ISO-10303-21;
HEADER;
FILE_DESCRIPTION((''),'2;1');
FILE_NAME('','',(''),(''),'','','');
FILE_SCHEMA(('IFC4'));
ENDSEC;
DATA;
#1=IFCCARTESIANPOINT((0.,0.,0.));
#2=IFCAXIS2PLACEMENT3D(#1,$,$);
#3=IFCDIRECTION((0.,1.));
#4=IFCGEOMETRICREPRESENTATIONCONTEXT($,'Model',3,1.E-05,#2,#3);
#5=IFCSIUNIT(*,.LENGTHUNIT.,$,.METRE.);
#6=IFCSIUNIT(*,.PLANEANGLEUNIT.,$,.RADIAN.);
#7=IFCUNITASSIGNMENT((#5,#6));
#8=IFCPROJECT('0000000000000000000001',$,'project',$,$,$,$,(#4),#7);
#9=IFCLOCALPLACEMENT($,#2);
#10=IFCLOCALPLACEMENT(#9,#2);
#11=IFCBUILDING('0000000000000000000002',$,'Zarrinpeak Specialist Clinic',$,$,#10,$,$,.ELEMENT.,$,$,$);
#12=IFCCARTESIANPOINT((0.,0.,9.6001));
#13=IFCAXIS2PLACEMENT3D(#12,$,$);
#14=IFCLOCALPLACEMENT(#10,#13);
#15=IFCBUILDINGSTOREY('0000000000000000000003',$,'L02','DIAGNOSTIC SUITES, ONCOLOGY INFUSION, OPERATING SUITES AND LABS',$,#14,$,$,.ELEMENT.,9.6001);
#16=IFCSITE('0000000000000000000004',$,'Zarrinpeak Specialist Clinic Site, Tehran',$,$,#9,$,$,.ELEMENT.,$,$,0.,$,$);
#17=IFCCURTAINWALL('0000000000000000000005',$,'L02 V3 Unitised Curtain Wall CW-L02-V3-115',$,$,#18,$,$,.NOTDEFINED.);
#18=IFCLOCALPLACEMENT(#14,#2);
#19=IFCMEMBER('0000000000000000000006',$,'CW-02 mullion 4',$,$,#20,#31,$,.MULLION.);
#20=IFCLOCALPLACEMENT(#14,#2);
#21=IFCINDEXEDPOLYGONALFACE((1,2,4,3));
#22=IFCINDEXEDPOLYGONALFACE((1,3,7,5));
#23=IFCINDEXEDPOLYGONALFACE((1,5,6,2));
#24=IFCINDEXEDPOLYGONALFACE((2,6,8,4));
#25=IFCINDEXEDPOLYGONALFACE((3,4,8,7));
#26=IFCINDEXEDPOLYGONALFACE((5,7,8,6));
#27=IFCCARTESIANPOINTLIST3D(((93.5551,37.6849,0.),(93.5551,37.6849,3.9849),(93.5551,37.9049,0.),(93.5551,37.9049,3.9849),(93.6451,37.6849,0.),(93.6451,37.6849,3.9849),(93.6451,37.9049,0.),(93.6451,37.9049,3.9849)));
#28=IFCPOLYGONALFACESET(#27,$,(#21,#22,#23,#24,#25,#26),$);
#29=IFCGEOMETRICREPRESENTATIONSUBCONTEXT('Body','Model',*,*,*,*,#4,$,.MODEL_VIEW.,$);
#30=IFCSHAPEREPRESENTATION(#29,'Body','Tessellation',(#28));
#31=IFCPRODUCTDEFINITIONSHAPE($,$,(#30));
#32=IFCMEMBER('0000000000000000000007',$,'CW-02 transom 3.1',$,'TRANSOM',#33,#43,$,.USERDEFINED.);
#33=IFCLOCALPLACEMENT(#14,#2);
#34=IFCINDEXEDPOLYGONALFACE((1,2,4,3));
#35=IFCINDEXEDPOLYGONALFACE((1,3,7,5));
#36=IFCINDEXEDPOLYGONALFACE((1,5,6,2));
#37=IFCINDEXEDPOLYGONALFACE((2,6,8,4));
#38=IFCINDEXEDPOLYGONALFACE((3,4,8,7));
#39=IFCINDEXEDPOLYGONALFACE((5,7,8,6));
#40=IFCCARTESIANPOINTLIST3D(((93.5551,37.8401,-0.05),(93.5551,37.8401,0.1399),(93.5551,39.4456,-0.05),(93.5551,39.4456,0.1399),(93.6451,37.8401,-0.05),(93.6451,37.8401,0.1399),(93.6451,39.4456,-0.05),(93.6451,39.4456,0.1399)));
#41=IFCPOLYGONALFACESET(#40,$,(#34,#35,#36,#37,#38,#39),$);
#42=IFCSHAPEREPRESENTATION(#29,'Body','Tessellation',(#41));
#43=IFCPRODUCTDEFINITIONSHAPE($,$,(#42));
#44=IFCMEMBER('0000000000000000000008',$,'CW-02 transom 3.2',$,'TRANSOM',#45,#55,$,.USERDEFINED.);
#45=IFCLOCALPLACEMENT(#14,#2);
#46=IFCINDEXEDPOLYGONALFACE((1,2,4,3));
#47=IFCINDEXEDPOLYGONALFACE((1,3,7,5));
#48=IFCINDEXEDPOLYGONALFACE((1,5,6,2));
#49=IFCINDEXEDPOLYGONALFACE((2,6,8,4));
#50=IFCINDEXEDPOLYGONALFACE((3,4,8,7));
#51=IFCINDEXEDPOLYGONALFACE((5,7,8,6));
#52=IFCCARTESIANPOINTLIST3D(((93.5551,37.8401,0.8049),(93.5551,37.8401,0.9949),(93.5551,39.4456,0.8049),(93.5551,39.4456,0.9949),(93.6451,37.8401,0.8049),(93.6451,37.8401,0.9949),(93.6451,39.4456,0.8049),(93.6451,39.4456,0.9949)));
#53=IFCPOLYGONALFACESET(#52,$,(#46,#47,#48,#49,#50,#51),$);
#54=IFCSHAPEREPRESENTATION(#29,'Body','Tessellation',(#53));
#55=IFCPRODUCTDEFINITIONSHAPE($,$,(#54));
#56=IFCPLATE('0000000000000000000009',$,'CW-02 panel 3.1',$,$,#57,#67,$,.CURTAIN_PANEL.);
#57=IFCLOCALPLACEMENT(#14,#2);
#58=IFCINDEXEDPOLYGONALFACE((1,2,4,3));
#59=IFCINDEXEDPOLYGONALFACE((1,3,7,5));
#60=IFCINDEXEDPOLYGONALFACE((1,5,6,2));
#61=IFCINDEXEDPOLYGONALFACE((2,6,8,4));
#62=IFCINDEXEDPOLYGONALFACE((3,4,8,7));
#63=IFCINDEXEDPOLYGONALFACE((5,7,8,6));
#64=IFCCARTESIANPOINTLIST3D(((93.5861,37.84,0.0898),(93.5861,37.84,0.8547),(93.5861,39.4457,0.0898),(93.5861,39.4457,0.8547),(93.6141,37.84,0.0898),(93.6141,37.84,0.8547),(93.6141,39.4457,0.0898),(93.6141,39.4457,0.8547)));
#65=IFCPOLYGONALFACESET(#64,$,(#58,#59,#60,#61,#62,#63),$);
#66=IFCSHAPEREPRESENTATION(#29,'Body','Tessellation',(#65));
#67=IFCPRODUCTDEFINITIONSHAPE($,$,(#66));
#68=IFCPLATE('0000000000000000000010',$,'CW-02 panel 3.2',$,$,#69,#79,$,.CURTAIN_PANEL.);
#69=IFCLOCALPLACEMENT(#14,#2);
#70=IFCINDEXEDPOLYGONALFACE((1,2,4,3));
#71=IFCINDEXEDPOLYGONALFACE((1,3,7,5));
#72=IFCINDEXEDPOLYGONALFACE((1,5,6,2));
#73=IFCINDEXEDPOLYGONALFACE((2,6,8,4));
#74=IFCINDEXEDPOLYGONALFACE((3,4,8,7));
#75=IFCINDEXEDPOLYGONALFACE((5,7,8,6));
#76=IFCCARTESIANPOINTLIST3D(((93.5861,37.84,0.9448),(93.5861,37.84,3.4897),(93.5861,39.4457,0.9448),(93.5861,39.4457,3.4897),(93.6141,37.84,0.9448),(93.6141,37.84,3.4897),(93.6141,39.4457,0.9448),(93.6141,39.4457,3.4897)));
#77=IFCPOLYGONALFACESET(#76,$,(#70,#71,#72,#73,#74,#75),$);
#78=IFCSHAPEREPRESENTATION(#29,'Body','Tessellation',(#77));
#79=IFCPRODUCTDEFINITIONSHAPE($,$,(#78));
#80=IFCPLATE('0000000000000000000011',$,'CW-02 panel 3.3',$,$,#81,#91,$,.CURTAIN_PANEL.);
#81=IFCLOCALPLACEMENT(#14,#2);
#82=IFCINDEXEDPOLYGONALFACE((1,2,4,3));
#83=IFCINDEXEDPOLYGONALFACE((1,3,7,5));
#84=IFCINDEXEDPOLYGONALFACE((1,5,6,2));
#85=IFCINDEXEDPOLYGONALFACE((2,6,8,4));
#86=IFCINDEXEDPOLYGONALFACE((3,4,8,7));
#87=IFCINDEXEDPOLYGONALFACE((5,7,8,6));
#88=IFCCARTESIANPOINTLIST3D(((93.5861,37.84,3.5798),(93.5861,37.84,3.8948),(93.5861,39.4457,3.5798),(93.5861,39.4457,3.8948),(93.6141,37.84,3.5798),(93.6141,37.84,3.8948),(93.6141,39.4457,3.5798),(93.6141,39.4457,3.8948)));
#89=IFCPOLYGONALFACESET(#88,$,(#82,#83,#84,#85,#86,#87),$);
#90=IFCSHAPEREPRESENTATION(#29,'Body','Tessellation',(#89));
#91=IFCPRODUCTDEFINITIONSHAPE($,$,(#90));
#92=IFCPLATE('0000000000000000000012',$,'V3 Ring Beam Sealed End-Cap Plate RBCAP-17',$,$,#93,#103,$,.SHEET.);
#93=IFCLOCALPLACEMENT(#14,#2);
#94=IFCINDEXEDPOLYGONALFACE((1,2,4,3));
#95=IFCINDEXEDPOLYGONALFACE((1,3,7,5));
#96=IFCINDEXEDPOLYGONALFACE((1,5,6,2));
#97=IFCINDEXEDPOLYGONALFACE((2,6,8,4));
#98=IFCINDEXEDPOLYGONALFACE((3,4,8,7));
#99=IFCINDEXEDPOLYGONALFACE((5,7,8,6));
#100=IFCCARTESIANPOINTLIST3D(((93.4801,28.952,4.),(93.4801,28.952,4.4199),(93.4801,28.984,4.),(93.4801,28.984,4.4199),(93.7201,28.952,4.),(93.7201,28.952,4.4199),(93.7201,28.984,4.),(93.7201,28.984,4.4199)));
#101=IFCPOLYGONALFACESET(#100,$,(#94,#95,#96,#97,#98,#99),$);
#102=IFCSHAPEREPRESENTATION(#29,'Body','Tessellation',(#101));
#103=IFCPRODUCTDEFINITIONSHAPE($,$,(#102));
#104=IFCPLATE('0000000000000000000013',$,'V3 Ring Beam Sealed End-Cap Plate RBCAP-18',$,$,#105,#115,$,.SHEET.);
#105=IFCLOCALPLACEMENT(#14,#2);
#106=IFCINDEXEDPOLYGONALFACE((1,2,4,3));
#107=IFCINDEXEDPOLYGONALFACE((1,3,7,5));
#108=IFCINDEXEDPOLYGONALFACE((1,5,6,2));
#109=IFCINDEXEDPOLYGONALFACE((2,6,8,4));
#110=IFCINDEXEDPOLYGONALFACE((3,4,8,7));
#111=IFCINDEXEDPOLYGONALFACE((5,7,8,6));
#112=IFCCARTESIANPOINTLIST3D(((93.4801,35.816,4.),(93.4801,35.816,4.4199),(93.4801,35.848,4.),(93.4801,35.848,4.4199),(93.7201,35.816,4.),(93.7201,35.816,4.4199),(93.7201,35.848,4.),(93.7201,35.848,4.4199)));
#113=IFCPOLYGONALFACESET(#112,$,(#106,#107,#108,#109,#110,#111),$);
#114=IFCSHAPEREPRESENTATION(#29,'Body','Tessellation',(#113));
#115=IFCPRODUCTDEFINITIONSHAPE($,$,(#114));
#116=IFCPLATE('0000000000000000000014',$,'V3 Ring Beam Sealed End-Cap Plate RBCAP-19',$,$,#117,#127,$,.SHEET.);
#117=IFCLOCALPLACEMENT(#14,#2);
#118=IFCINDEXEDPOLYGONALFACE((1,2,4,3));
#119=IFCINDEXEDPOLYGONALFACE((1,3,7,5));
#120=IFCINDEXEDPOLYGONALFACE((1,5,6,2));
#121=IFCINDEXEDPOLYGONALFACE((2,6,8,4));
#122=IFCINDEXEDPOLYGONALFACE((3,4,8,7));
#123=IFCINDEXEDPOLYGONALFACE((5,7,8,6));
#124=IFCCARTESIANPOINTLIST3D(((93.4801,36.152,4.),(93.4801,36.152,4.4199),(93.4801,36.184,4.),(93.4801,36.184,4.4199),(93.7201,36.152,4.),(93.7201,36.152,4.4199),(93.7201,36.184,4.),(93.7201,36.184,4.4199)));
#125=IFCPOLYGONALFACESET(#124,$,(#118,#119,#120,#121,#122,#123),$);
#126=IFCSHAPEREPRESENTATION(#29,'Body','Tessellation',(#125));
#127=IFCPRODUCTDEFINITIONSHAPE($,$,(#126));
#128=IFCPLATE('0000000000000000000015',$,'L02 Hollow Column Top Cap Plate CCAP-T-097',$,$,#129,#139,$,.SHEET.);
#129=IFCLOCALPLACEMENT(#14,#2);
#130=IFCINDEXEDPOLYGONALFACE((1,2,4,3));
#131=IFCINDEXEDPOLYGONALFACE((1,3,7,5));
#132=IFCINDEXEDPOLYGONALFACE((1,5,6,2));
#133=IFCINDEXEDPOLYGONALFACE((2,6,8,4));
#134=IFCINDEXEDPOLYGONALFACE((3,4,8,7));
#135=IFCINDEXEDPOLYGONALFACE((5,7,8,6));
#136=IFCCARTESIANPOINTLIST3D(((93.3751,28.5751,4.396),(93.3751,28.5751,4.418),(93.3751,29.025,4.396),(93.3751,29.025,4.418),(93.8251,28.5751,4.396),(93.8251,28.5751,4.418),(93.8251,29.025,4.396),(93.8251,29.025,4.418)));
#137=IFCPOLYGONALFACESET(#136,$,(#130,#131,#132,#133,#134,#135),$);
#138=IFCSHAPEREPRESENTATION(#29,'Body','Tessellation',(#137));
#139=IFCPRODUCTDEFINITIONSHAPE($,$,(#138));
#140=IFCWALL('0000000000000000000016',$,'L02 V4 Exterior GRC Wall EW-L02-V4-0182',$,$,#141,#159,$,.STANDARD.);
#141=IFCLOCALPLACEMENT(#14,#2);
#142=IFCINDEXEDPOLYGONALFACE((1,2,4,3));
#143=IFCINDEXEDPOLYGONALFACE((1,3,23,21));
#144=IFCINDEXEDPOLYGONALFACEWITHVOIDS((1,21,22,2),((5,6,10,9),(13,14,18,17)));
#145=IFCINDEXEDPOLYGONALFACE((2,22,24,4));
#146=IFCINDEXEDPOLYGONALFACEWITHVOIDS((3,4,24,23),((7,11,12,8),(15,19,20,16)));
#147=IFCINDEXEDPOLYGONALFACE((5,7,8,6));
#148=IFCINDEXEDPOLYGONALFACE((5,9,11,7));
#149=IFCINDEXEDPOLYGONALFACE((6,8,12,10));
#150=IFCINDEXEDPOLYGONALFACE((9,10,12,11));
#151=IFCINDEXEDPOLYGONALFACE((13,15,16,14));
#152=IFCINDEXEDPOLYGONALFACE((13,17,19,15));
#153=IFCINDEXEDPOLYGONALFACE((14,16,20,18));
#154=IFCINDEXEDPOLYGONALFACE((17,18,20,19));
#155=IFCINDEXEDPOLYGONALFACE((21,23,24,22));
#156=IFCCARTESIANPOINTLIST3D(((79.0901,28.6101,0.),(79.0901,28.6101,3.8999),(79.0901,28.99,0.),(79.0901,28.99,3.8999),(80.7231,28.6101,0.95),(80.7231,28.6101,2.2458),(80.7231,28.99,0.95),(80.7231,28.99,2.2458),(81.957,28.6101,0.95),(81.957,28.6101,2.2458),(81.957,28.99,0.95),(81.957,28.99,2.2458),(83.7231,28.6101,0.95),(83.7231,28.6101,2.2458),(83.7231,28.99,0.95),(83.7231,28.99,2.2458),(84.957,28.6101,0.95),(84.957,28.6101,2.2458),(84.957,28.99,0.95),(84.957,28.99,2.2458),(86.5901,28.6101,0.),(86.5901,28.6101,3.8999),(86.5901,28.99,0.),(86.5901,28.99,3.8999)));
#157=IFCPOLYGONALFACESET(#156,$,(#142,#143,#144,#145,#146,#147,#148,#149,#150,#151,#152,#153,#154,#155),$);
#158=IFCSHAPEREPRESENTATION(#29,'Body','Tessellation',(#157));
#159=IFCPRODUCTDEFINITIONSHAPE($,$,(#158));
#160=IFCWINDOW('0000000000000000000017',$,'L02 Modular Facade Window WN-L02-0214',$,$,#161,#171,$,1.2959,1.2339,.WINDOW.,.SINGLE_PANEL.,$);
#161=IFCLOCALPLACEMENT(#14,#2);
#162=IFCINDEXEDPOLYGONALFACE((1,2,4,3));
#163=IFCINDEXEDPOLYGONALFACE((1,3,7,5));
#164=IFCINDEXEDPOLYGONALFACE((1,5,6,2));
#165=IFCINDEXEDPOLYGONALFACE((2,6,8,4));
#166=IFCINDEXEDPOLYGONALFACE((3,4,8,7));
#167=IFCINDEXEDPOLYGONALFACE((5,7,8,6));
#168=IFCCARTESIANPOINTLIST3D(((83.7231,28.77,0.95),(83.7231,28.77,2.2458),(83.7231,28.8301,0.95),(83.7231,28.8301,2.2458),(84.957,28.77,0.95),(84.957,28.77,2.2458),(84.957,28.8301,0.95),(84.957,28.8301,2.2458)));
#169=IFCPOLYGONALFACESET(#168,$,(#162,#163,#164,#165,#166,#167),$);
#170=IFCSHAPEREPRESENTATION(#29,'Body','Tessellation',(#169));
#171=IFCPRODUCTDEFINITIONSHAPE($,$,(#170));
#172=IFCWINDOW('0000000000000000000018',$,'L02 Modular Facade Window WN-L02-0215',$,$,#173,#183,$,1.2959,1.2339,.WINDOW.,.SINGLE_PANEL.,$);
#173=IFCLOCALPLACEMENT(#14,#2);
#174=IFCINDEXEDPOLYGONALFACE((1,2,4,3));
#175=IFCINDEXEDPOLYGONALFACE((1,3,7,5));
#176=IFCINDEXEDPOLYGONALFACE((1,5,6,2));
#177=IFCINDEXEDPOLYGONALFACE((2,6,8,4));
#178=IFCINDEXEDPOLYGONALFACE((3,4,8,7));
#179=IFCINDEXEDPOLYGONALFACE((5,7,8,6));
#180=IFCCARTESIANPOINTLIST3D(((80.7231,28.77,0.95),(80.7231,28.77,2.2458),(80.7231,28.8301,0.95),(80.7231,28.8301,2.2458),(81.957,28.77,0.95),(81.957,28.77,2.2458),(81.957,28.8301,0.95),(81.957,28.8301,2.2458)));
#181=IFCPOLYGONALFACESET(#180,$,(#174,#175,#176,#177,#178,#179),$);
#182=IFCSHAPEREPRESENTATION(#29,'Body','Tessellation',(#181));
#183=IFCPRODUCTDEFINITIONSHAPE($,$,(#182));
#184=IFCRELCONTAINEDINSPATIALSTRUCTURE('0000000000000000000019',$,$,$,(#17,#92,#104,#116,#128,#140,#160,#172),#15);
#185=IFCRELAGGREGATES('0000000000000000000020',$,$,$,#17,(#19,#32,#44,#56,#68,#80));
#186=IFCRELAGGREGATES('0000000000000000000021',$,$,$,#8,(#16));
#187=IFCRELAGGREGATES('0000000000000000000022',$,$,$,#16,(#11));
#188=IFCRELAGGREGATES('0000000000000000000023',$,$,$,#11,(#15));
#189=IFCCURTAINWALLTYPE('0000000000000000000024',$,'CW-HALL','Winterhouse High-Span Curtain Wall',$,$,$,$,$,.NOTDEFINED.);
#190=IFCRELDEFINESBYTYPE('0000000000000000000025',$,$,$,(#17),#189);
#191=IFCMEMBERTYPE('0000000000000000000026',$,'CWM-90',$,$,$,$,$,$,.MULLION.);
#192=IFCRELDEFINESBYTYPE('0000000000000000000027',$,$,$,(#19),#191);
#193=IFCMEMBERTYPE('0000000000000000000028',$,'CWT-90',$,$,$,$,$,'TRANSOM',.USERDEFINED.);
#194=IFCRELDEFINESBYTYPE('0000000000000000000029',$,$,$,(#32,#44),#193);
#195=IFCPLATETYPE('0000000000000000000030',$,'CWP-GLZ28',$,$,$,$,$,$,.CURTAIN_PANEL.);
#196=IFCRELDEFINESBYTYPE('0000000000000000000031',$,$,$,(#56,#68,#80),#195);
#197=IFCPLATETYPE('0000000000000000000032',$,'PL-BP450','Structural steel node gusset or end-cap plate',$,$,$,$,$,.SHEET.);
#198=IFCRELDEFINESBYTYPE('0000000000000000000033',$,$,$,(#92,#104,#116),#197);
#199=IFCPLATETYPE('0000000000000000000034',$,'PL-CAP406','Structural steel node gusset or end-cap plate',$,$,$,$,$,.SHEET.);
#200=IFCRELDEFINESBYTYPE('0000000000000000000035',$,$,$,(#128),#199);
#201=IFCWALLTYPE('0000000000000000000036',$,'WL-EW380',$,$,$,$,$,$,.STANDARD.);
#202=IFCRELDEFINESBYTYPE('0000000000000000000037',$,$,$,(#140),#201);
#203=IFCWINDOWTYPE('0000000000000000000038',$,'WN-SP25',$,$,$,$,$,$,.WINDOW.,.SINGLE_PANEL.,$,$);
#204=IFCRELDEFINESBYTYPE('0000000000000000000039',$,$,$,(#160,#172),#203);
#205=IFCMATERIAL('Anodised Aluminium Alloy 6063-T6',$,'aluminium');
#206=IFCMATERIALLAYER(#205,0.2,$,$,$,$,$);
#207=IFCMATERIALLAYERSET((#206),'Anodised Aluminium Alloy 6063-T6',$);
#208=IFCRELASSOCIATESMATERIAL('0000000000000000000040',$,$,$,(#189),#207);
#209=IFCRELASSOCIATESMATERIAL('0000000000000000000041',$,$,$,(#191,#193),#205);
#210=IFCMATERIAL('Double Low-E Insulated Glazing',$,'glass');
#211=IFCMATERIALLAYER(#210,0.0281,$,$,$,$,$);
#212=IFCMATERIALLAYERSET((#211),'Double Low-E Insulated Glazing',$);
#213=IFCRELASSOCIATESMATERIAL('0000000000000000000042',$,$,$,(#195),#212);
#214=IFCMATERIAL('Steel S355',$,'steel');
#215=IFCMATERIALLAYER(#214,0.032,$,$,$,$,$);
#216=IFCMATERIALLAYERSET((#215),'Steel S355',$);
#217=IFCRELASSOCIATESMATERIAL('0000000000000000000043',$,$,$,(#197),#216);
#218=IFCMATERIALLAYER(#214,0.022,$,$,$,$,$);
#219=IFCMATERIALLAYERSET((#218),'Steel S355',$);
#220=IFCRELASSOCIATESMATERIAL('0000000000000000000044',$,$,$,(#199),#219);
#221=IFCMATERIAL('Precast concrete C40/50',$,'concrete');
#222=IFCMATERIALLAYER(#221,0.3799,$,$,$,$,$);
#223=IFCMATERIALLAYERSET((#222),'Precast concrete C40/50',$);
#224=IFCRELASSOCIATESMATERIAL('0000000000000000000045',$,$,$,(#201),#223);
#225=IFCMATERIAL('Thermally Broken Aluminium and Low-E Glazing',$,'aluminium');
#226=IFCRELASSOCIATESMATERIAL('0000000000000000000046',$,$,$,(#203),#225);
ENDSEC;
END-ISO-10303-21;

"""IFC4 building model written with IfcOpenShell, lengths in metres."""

from ifc_helpers import new_model, si_unit, direction, frame, frame_2d, origin, origin_2d, place, context, subcontext, project, spatial, rectangle, extrude, material, layer, layer_set, material_profile, profile_set, type_object, element, fill, aggregate, save


model = new_model("IFC4")

# Units and contexts
model_context = context("Model", 3, precision=1e-05, world=origin(), true_north=direction((0.0, 1.0)))
body_context = subcontext(model_context, "Body", "Model", "MODEL_VIEW")
ifc_project = project(units=[si_unit("LENGTHUNIT", "METRE"), si_unit("PLANEANGLEUNIT", "RADIAN")], contexts=[model_context])

# Site, building, storey
site_placement = place(None, origin())
site = spatial("IfcSite", under=ifc_project, at=site_placement, Name="Zarrinpeak Specialist Clinic Site, Tehran", CompositionType="ELEMENT", RefElevation=0.0)
building_placement = place(site_placement, origin())
building = spatial("IfcBuilding", under=site, at=building_placement, Name="Zarrinpeak Specialist Clinic", CompositionType="ELEMENT")
storey_placement = place(building_placement, frame((0.0, 0.0, 9.6001)))
storey = spatial("IfcBuildingStorey", under=building, at=storey_placement, Name="L02", Description="DIAGNOSTIC SUITES, ONCOLOGY INFUSION, OPERATING SUITES AND LABS", CompositionType="ELEMENT", Elevation=9.6001)

# Shared definitions
ifc_material_1 = material(Name="Steel S355", Category="steel")

# Curtain wall, members, plates
ifc_material_2 = material(Name="Anodised Aluminium Alloy 6063-T6", Category="aluminium")
ifc_layer_1 = layer(ifc_material_2, 0.2)
ifc_layer_set_1 = layer_set([ifc_layer_1], Name="Anodised Aluminium Alloy 6063-T6")
curtain_wall_type = type_object("IfcCurtainWallType", Name="CW-HALL", Description="Winterhouse High-Span Curtain Wall", PredefinedType="NOTDEFINED", material=ifc_layer_set_1)
curtain_wall_placement = place(storey_placement, origin())
curtain_wall = element("IfcCurtainWall", 1, at=curtain_wall_placement, inside=storey, type_object=curtain_wall_type, Name="L02 V3 Unitised Curtain Wall CW-L02-V3-115", PredefinedType="NOTDEFINED")
ifc_material_profile_1 = material_profile(ifc_material_2, rectangle(XDim=0.0901, YDim=0.22, at=origin_2d()), Name="ALU 90x220")
ifc_profile_set_1 = profile_set([ifc_material_profile_1], Name="Anodised Aluminium Alloy 6063-T6")
member_type_1 = type_object("IfcMemberType", Name="CWM-90", PredefinedType="MULLION", material=ifc_profile_set_1)
member_1_placement = place(storey_placement, frame((93.6001, 37.7949, 0.0), z_axis=(0.0, 0.0, 1.0), x_axis=(1.0, 0.0, 0.0)))
member_1 = element("IfcMember", 2, at=member_1_placement, type_object=member_type_1, Name="CW-02 mullion 4", PredefinedType="MULLION", context=body_context, shape_type="SweptSolid", body=[
    extrude(rectangle(XDim=0.0901, YDim=0.22, at=origin_2d()), origin(), (0.0, 0.0, 1.0), 3.9849),
])
ifc_material_profile_2 = material_profile(ifc_material_2, rectangle(XDim=0.0901, YDim=0.1899, at=origin_2d()), Name="ALU 90x190")
ifc_profile_set_2 = profile_set([ifc_material_profile_2], Name="Anodised Aluminium Alloy 6063-T6")
member_type_2 = type_object("IfcMemberType", Name="CWT-90", ElementType="TRANSOM", PredefinedType="USERDEFINED", material=ifc_profile_set_2)
member_2_placement = place(storey_placement, frame((93.6001, 39.4456, 0.0449), z_axis=(0.0, -1.0, 0.0), x_axis=(1.0, 0.0, 0.0)))
member_2 = element("IfcMember", 3, at=member_2_placement, type_object=member_type_2, Name="CW-02 transom 3.1", ObjectType="TRANSOM", PredefinedType="USERDEFINED", context=body_context, shape_type="SweptSolid", body=[
    extrude(rectangle(XDim=0.0901, YDim=0.1899, at=origin_2d()), origin(), (0.0, 0.0, 1.0), 1.6055),
])
member_3_placement = place(storey_placement, frame((93.6001, 39.4456, 0.8999), z_axis=(0.0, -1.0, 0.0), x_axis=(1.0, 0.0, 0.0)))
member_3 = element("IfcMember", 4, at=member_3_placement, type_object=member_type_2, Name="CW-02 transom 3.2", ObjectType="TRANSOM", PredefinedType="USERDEFINED", context=body_context, shape_type="SweptSolid", body=[
    extrude(rectangle(XDim=0.0901, YDim=0.1899, at=origin_2d()), origin(), (0.0, 0.0, 1.0), 1.6055),
])
ifc_material_3 = material(Name="Double Low-E Insulated Glazing", Category="glass")
ifc_layer_2 = layer(ifc_material_3, 0.0281)
ifc_layer_set_2 = layer_set([ifc_layer_2], Name="Double Low-E Insulated Glazing")
plate_type_1 = type_object("IfcPlateType", Name="CWP-GLZ28", PredefinedType="CURTAIN_PANEL", material=ifc_layer_set_2)
plate_1_placement = place(storey_placement, frame((93.6001, 38.6428, 0.0898), z_axis=(0.0, 0.0, 1.0), x_axis=(0.0, -1.0, 0.0)))
plate_1 = element("IfcPlate", 5, at=plate_1_placement, type_object=plate_type_1, Name="CW-02 panel 3.1", PredefinedType="CURTAIN_PANEL", context=body_context, shape_type="SweptSolid", body=[
    extrude(rectangle(XDim=1.6057, YDim=0.0281, at=origin_2d()), origin(), (0.0, 0.0, 1.0), 0.7649),
])
plate_2_placement = place(storey_placement, frame((93.6001, 38.6428, 0.9448), z_axis=(0.0, 0.0, 1.0), x_axis=(0.0, -1.0, 0.0)))
plate_2 = element("IfcPlate", 6, at=plate_2_placement, type_object=plate_type_1, Name="CW-02 panel 3.2", PredefinedType="CURTAIN_PANEL", context=body_context, shape_type="SweptSolid", body=[
    extrude(rectangle(XDim=1.6057, YDim=0.0281, at=origin_2d()), origin(), (0.0, 0.0, 1.0), 2.5449),
])
plate_3_placement = place(storey_placement, frame((93.6001, 38.6428, 3.5798), z_axis=(0.0, 0.0, 1.0), x_axis=(0.0, -1.0, 0.0)))
plate_3 = element("IfcPlate", 7, at=plate_3_placement, type_object=plate_type_1, Name="CW-02 panel 3.3", PredefinedType="CURTAIN_PANEL", context=body_context, shape_type="SweptSolid", body=[
    extrude(rectangle(XDim=1.6057, YDim=0.0281, at=origin_2d()), origin(), (0.0, 0.0, 1.0), 0.3149),
])
aggregate(curtain_wall, [member_1, member_2, member_3, plate_1, plate_2, plate_3])

# Plates
ifc_layer_3 = layer(ifc_material_1, 0.032)
ifc_layer_set_3 = layer_set([ifc_layer_3], Name="Steel S355")
plate_type_2 = type_object("IfcPlateType", Name="PL-BP450", Description="Structural steel node gusset or end-cap plate", PredefinedType="SHEET", material=ifc_layer_set_3)
for number, where, z_axis, x_axis, name in (
    (8, (93.6001, 28.968, 4.0), (0.0, 0.0, 1.0), (1.0, 0.0, 0.0), "V3 Ring Beam Sealed End-Cap Plate RBCAP-17"),
    (9, (93.6001, 35.832, 4.0), (0.0, 0.0, 1.0), (1.0, 0.0, 0.0), "V3 Ring Beam Sealed End-Cap Plate RBCAP-18"),
    (10, (93.6001, 36.168, 4.0), (0.0, 0.0, 1.0), (1.0, 0.0, 0.0), "V3 Ring Beam Sealed End-Cap Plate RBCAP-19"),
):
    element("IfcPlate", number, at=place(storey_placement, frame(where, z_axis=z_axis, x_axis=x_axis)), inside=storey, type_object=plate_type_2, Name=name, PredefinedType="SHEET", context=body_context, shape_type="SweptSolid", body=[
        extrude(rectangle(XDim=0.24, YDim=0.032, at=origin_2d()), origin(), (0.0, 0.0, 1.0), 0.4199),
    ])
ifc_layer_4 = layer(ifc_material_1, 0.022)
ifc_layer_set_4 = layer_set([ifc_layer_4], Name="Steel S355")
plate_type_3 = type_object("IfcPlateType", Name="PL-CAP406", Description="Structural steel node gusset or end-cap plate", PredefinedType="SHEET", material=ifc_layer_set_4)
plate_4_placement = place(storey_placement, frame((93.6001, 28.8, 4.396), z_axis=(0.0, 0.0, 1.0), x_axis=(1.0, 0.0, 0.0)))
element("IfcPlate", 11, at=plate_4_placement, inside=storey, type_object=plate_type_3, Name="L02 Hollow Column Top Cap Plate CCAP-T-097", PredefinedType="SHEET", context=body_context, shape_type="SweptSolid", body=[
    extrude(rectangle(XDim=0.45, YDim=0.45, at=origin_2d()), origin(), (0.0, 0.0, 1.0), 0.022),
])

# Wall, openings, windows
ifc_material_4 = material(Name="Precast concrete C40/50", Category="concrete")
ifc_layer_5 = layer(ifc_material_4, 0.3799)
ifc_layer_set_5 = layer_set([ifc_layer_5], Name="Precast concrete C40/50")
wall_type = type_object("IfcWallType", Name="WL-EW380", PredefinedType="STANDARD", material=ifc_layer_set_5)
wall_placement = place(storey_placement, frame((86.5901, 28.8, 0.0), z_axis=(0.0, 0.0, 1.0), x_axis=(-1.0, 0.0, 0.0)))
wall = element("IfcWall", 12, at=wall_placement, inside=storey, type_object=wall_type, Name="L02 V4 Exterior GRC Wall EW-L02-V4-0182", PredefinedType="STANDARD", context=body_context, shape_type="SweptSolid", body=[
    extrude(rectangle(XDim=7.5, YDim=0.3799, at=frame_2d((3.75, 0.0))), origin(), (0.0, 0.0, 1.0), 3.8999),
])
opening_1_placement = place(wall_placement, frame((1.6331, 0.0, 0.95)))
opening_1 = element("IfcOpeningElement", 13, at=opening_1_placement, cuts=wall, PredefinedType="OPENING", context=body_context, shape_type="SweptSolid", body=[
    extrude(rectangle(XDim=1.2339, YDim=1.2959, at=frame_2d((0.6169, 0.6479))), frame((0.0, 0.2, 0.0), z_axis=(0.0, -1.0, 0.0), x_axis=(1.0, 0.0, 0.0)), (0.0, 0.0, 1.0), 0.3999),
])
opening_2_placement = place(wall_placement, frame((4.6331, 0.0, 0.95)))
opening_2 = element("IfcOpeningElement", 14, at=opening_2_placement, cuts=wall, PredefinedType="OPENING", context=body_context, shape_type="SweptSolid", body=[
    extrude(rectangle(XDim=1.2339, YDim=1.2959, at=frame_2d((0.6169, 0.6479))), frame((0.0, 0.2, 0.0), z_axis=(0.0, -1.0, 0.0), x_axis=(1.0, 0.0, 0.0)), (0.0, 0.0, 1.0), 0.3999),
])
ifc_material_5 = material(Name="Thermally Broken Aluminium and Low-E Glazing", Category="aluminium")
window_type = type_object("IfcWindowType", Name="WN-SP25", PartitioningType="SINGLE_PANEL", PredefinedType="WINDOW", material=ifc_material_5)
window_1_placement = place(opening_1_placement, origin())
window_1 = element("IfcWindow", 15, at=window_1_placement, inside=storey, type_object=window_type, Name="L02 Modular Facade Window WN-L02-0214", OverallHeight=1.2959, OverallWidth=1.2339, PartitioningType="SINGLE_PANEL", PredefinedType="WINDOW", context=body_context, shape_type="SweptSolid", body=[
    extrude(rectangle(XDim=1.2339, YDim=1.2959, at=frame_2d((0.6169, 0.6479))), frame((0.0, 0.03, 0.0), z_axis=(0.0, -1.0, 0.0), x_axis=(1.0, 0.0, 0.0)), (0.0, 0.0, 1.0), 0.0601),
])
fill(opening_1, window_1)
window_2_placement = place(opening_2_placement, origin())
window_2 = element("IfcWindow", 16, at=window_2_placement, inside=storey, type_object=window_type, Name="L02 Modular Facade Window WN-L02-0215", OverallHeight=1.2959, OverallWidth=1.2339, PartitioningType="SINGLE_PANEL", PredefinedType="WINDOW", context=body_context, shape_type="SweptSolid", body=[
    extrude(rectangle(XDim=1.2339, YDim=1.2959, at=frame_2d((0.6169, 0.6479))), frame((0.0, 0.03, 0.0), z_axis=(0.0, -1.0, 0.0), x_axis=(1.0, 0.0, 0.0)), (0.0, 0.0, 1.0), 0.0601),
])
fill(opening_2, window_2)

save(model, "model.ifc")
